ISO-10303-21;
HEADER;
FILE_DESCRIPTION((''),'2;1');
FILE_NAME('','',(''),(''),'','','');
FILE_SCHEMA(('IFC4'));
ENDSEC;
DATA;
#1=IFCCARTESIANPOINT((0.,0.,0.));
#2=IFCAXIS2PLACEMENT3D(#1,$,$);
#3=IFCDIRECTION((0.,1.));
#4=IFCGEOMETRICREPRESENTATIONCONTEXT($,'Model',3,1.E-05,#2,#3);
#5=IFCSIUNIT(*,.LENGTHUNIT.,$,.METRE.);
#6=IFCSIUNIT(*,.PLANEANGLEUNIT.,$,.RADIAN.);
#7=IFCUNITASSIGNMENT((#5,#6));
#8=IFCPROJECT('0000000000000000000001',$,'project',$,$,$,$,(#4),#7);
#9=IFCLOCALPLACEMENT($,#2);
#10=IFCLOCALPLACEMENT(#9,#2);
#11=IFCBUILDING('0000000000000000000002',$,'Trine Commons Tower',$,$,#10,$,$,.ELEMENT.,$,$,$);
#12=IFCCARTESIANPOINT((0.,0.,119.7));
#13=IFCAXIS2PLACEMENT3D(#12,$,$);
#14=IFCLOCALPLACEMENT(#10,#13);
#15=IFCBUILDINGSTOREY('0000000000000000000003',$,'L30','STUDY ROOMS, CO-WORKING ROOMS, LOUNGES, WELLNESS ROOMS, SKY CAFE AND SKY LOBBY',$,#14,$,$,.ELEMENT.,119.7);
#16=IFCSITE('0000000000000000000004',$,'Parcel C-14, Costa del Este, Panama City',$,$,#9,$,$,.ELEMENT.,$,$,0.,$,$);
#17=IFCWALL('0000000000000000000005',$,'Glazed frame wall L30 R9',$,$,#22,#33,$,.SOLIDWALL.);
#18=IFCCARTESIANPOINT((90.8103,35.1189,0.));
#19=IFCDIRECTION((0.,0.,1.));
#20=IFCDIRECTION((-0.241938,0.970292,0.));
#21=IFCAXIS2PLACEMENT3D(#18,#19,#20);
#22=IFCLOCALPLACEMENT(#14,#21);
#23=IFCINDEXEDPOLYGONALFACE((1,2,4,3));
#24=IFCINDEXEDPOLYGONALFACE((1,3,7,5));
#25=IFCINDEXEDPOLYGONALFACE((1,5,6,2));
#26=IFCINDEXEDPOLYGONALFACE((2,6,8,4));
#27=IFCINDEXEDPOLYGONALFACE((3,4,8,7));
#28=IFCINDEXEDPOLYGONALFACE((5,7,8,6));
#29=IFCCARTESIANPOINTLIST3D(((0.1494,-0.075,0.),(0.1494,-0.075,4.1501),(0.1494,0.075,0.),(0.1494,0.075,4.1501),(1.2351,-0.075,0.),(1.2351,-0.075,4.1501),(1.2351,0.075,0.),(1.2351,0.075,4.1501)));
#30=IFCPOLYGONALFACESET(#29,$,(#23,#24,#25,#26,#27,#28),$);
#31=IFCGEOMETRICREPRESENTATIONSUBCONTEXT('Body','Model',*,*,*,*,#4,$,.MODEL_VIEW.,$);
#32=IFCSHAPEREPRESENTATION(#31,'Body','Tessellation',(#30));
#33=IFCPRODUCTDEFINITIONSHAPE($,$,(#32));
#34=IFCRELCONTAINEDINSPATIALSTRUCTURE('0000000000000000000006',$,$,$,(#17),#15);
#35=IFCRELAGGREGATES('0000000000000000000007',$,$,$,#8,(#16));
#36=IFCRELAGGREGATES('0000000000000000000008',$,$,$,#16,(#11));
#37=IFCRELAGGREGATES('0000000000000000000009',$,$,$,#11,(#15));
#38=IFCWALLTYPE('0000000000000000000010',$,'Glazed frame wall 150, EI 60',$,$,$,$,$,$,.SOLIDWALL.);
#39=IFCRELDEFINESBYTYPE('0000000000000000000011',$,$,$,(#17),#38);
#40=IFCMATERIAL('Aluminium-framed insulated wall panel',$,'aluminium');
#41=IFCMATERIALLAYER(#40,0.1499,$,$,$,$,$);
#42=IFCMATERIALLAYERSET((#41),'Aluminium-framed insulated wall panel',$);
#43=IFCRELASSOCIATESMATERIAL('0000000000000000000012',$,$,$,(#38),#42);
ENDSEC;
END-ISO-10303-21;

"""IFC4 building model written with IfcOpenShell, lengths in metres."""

from ifc_helpers import new_model, si_unit, direction, frame, origin, place, context, subcontext, project, spatial, polyline, outline, extrude, material, layer, layer_set, type_object, element, save


model = new_model("IFC4")

# Units and contexts
model_context = context("Model", 3, precision=1e-05, world=origin(), true_north=direction((0.0, 1.0)))
body_context = subcontext(model_context, "Body", "Model", "MODEL_VIEW")
ifc_project = project(units=[si_unit("LENGTHUNIT", "METRE"), si_unit("PLANEANGLEUNIT", "RADIAN")], contexts=[model_context])

# Site, building, storey
site_placement = place(None, origin())
site = spatial("IfcSite", under=ifc_project, at=site_placement, Name="Parcel C-14, Costa del Este, Panama City", CompositionType="ELEMENT", RefElevation=0.0)
building_placement = place(site_placement, origin())
building = spatial("IfcBuilding", under=site, at=building_placement, Name="Trine Commons Tower", CompositionType="ELEMENT")
storey_placement = place(building_placement, frame((0.0, 0.0, 119.7)))
storey = spatial("IfcBuildingStorey", under=building, at=storey_placement, Name="L30", Description="STUDY ROOMS, CO-WORKING ROOMS, LOUNGES, WELLNESS ROOMS, SKY CAFE AND SKY LOBBY", CompositionType="ELEMENT", Elevation=119.7)

# Wall
ifc_material_1 = material(Name="Aluminium-framed insulated wall panel", Category="aluminium")
ifc_layer_1 = layer(ifc_material_1, 0.1499)
ifc_layer_set_1 = layer_set([ifc_layer_1], Name="Aluminium-framed insulated wall panel")
wall_type_1 = type_object("IfcWallType", Name="Glazed frame wall 150, EI 60", PredefinedType="SOLIDWALL", material=ifc_layer_set_1)
wall_1_placement = place(storey_placement, frame((90.8103, 35.1189, 0.0), z_axis=(0.0, 0.0, 1.0), x_axis=(-0.241938, 0.970292, 0.0)))
element("IfcWall", 1, at=wall_1_placement, inside=storey, type_object=wall_type_1, Name="Glazed frame wall L30 R9", PredefinedType="SOLIDWALL", context=body_context, shape_type="SweptSolid", body=[
    extrude(outline(polyline([(0.1494, 0.075), (0.1494, -0.075), (1.2351, -0.075), (1.2351, 0.075), (0.1494, 0.075)])), origin(), (0.0, 0.0, 1.0), 4.1501),
])

save(model, "model.ifc")
